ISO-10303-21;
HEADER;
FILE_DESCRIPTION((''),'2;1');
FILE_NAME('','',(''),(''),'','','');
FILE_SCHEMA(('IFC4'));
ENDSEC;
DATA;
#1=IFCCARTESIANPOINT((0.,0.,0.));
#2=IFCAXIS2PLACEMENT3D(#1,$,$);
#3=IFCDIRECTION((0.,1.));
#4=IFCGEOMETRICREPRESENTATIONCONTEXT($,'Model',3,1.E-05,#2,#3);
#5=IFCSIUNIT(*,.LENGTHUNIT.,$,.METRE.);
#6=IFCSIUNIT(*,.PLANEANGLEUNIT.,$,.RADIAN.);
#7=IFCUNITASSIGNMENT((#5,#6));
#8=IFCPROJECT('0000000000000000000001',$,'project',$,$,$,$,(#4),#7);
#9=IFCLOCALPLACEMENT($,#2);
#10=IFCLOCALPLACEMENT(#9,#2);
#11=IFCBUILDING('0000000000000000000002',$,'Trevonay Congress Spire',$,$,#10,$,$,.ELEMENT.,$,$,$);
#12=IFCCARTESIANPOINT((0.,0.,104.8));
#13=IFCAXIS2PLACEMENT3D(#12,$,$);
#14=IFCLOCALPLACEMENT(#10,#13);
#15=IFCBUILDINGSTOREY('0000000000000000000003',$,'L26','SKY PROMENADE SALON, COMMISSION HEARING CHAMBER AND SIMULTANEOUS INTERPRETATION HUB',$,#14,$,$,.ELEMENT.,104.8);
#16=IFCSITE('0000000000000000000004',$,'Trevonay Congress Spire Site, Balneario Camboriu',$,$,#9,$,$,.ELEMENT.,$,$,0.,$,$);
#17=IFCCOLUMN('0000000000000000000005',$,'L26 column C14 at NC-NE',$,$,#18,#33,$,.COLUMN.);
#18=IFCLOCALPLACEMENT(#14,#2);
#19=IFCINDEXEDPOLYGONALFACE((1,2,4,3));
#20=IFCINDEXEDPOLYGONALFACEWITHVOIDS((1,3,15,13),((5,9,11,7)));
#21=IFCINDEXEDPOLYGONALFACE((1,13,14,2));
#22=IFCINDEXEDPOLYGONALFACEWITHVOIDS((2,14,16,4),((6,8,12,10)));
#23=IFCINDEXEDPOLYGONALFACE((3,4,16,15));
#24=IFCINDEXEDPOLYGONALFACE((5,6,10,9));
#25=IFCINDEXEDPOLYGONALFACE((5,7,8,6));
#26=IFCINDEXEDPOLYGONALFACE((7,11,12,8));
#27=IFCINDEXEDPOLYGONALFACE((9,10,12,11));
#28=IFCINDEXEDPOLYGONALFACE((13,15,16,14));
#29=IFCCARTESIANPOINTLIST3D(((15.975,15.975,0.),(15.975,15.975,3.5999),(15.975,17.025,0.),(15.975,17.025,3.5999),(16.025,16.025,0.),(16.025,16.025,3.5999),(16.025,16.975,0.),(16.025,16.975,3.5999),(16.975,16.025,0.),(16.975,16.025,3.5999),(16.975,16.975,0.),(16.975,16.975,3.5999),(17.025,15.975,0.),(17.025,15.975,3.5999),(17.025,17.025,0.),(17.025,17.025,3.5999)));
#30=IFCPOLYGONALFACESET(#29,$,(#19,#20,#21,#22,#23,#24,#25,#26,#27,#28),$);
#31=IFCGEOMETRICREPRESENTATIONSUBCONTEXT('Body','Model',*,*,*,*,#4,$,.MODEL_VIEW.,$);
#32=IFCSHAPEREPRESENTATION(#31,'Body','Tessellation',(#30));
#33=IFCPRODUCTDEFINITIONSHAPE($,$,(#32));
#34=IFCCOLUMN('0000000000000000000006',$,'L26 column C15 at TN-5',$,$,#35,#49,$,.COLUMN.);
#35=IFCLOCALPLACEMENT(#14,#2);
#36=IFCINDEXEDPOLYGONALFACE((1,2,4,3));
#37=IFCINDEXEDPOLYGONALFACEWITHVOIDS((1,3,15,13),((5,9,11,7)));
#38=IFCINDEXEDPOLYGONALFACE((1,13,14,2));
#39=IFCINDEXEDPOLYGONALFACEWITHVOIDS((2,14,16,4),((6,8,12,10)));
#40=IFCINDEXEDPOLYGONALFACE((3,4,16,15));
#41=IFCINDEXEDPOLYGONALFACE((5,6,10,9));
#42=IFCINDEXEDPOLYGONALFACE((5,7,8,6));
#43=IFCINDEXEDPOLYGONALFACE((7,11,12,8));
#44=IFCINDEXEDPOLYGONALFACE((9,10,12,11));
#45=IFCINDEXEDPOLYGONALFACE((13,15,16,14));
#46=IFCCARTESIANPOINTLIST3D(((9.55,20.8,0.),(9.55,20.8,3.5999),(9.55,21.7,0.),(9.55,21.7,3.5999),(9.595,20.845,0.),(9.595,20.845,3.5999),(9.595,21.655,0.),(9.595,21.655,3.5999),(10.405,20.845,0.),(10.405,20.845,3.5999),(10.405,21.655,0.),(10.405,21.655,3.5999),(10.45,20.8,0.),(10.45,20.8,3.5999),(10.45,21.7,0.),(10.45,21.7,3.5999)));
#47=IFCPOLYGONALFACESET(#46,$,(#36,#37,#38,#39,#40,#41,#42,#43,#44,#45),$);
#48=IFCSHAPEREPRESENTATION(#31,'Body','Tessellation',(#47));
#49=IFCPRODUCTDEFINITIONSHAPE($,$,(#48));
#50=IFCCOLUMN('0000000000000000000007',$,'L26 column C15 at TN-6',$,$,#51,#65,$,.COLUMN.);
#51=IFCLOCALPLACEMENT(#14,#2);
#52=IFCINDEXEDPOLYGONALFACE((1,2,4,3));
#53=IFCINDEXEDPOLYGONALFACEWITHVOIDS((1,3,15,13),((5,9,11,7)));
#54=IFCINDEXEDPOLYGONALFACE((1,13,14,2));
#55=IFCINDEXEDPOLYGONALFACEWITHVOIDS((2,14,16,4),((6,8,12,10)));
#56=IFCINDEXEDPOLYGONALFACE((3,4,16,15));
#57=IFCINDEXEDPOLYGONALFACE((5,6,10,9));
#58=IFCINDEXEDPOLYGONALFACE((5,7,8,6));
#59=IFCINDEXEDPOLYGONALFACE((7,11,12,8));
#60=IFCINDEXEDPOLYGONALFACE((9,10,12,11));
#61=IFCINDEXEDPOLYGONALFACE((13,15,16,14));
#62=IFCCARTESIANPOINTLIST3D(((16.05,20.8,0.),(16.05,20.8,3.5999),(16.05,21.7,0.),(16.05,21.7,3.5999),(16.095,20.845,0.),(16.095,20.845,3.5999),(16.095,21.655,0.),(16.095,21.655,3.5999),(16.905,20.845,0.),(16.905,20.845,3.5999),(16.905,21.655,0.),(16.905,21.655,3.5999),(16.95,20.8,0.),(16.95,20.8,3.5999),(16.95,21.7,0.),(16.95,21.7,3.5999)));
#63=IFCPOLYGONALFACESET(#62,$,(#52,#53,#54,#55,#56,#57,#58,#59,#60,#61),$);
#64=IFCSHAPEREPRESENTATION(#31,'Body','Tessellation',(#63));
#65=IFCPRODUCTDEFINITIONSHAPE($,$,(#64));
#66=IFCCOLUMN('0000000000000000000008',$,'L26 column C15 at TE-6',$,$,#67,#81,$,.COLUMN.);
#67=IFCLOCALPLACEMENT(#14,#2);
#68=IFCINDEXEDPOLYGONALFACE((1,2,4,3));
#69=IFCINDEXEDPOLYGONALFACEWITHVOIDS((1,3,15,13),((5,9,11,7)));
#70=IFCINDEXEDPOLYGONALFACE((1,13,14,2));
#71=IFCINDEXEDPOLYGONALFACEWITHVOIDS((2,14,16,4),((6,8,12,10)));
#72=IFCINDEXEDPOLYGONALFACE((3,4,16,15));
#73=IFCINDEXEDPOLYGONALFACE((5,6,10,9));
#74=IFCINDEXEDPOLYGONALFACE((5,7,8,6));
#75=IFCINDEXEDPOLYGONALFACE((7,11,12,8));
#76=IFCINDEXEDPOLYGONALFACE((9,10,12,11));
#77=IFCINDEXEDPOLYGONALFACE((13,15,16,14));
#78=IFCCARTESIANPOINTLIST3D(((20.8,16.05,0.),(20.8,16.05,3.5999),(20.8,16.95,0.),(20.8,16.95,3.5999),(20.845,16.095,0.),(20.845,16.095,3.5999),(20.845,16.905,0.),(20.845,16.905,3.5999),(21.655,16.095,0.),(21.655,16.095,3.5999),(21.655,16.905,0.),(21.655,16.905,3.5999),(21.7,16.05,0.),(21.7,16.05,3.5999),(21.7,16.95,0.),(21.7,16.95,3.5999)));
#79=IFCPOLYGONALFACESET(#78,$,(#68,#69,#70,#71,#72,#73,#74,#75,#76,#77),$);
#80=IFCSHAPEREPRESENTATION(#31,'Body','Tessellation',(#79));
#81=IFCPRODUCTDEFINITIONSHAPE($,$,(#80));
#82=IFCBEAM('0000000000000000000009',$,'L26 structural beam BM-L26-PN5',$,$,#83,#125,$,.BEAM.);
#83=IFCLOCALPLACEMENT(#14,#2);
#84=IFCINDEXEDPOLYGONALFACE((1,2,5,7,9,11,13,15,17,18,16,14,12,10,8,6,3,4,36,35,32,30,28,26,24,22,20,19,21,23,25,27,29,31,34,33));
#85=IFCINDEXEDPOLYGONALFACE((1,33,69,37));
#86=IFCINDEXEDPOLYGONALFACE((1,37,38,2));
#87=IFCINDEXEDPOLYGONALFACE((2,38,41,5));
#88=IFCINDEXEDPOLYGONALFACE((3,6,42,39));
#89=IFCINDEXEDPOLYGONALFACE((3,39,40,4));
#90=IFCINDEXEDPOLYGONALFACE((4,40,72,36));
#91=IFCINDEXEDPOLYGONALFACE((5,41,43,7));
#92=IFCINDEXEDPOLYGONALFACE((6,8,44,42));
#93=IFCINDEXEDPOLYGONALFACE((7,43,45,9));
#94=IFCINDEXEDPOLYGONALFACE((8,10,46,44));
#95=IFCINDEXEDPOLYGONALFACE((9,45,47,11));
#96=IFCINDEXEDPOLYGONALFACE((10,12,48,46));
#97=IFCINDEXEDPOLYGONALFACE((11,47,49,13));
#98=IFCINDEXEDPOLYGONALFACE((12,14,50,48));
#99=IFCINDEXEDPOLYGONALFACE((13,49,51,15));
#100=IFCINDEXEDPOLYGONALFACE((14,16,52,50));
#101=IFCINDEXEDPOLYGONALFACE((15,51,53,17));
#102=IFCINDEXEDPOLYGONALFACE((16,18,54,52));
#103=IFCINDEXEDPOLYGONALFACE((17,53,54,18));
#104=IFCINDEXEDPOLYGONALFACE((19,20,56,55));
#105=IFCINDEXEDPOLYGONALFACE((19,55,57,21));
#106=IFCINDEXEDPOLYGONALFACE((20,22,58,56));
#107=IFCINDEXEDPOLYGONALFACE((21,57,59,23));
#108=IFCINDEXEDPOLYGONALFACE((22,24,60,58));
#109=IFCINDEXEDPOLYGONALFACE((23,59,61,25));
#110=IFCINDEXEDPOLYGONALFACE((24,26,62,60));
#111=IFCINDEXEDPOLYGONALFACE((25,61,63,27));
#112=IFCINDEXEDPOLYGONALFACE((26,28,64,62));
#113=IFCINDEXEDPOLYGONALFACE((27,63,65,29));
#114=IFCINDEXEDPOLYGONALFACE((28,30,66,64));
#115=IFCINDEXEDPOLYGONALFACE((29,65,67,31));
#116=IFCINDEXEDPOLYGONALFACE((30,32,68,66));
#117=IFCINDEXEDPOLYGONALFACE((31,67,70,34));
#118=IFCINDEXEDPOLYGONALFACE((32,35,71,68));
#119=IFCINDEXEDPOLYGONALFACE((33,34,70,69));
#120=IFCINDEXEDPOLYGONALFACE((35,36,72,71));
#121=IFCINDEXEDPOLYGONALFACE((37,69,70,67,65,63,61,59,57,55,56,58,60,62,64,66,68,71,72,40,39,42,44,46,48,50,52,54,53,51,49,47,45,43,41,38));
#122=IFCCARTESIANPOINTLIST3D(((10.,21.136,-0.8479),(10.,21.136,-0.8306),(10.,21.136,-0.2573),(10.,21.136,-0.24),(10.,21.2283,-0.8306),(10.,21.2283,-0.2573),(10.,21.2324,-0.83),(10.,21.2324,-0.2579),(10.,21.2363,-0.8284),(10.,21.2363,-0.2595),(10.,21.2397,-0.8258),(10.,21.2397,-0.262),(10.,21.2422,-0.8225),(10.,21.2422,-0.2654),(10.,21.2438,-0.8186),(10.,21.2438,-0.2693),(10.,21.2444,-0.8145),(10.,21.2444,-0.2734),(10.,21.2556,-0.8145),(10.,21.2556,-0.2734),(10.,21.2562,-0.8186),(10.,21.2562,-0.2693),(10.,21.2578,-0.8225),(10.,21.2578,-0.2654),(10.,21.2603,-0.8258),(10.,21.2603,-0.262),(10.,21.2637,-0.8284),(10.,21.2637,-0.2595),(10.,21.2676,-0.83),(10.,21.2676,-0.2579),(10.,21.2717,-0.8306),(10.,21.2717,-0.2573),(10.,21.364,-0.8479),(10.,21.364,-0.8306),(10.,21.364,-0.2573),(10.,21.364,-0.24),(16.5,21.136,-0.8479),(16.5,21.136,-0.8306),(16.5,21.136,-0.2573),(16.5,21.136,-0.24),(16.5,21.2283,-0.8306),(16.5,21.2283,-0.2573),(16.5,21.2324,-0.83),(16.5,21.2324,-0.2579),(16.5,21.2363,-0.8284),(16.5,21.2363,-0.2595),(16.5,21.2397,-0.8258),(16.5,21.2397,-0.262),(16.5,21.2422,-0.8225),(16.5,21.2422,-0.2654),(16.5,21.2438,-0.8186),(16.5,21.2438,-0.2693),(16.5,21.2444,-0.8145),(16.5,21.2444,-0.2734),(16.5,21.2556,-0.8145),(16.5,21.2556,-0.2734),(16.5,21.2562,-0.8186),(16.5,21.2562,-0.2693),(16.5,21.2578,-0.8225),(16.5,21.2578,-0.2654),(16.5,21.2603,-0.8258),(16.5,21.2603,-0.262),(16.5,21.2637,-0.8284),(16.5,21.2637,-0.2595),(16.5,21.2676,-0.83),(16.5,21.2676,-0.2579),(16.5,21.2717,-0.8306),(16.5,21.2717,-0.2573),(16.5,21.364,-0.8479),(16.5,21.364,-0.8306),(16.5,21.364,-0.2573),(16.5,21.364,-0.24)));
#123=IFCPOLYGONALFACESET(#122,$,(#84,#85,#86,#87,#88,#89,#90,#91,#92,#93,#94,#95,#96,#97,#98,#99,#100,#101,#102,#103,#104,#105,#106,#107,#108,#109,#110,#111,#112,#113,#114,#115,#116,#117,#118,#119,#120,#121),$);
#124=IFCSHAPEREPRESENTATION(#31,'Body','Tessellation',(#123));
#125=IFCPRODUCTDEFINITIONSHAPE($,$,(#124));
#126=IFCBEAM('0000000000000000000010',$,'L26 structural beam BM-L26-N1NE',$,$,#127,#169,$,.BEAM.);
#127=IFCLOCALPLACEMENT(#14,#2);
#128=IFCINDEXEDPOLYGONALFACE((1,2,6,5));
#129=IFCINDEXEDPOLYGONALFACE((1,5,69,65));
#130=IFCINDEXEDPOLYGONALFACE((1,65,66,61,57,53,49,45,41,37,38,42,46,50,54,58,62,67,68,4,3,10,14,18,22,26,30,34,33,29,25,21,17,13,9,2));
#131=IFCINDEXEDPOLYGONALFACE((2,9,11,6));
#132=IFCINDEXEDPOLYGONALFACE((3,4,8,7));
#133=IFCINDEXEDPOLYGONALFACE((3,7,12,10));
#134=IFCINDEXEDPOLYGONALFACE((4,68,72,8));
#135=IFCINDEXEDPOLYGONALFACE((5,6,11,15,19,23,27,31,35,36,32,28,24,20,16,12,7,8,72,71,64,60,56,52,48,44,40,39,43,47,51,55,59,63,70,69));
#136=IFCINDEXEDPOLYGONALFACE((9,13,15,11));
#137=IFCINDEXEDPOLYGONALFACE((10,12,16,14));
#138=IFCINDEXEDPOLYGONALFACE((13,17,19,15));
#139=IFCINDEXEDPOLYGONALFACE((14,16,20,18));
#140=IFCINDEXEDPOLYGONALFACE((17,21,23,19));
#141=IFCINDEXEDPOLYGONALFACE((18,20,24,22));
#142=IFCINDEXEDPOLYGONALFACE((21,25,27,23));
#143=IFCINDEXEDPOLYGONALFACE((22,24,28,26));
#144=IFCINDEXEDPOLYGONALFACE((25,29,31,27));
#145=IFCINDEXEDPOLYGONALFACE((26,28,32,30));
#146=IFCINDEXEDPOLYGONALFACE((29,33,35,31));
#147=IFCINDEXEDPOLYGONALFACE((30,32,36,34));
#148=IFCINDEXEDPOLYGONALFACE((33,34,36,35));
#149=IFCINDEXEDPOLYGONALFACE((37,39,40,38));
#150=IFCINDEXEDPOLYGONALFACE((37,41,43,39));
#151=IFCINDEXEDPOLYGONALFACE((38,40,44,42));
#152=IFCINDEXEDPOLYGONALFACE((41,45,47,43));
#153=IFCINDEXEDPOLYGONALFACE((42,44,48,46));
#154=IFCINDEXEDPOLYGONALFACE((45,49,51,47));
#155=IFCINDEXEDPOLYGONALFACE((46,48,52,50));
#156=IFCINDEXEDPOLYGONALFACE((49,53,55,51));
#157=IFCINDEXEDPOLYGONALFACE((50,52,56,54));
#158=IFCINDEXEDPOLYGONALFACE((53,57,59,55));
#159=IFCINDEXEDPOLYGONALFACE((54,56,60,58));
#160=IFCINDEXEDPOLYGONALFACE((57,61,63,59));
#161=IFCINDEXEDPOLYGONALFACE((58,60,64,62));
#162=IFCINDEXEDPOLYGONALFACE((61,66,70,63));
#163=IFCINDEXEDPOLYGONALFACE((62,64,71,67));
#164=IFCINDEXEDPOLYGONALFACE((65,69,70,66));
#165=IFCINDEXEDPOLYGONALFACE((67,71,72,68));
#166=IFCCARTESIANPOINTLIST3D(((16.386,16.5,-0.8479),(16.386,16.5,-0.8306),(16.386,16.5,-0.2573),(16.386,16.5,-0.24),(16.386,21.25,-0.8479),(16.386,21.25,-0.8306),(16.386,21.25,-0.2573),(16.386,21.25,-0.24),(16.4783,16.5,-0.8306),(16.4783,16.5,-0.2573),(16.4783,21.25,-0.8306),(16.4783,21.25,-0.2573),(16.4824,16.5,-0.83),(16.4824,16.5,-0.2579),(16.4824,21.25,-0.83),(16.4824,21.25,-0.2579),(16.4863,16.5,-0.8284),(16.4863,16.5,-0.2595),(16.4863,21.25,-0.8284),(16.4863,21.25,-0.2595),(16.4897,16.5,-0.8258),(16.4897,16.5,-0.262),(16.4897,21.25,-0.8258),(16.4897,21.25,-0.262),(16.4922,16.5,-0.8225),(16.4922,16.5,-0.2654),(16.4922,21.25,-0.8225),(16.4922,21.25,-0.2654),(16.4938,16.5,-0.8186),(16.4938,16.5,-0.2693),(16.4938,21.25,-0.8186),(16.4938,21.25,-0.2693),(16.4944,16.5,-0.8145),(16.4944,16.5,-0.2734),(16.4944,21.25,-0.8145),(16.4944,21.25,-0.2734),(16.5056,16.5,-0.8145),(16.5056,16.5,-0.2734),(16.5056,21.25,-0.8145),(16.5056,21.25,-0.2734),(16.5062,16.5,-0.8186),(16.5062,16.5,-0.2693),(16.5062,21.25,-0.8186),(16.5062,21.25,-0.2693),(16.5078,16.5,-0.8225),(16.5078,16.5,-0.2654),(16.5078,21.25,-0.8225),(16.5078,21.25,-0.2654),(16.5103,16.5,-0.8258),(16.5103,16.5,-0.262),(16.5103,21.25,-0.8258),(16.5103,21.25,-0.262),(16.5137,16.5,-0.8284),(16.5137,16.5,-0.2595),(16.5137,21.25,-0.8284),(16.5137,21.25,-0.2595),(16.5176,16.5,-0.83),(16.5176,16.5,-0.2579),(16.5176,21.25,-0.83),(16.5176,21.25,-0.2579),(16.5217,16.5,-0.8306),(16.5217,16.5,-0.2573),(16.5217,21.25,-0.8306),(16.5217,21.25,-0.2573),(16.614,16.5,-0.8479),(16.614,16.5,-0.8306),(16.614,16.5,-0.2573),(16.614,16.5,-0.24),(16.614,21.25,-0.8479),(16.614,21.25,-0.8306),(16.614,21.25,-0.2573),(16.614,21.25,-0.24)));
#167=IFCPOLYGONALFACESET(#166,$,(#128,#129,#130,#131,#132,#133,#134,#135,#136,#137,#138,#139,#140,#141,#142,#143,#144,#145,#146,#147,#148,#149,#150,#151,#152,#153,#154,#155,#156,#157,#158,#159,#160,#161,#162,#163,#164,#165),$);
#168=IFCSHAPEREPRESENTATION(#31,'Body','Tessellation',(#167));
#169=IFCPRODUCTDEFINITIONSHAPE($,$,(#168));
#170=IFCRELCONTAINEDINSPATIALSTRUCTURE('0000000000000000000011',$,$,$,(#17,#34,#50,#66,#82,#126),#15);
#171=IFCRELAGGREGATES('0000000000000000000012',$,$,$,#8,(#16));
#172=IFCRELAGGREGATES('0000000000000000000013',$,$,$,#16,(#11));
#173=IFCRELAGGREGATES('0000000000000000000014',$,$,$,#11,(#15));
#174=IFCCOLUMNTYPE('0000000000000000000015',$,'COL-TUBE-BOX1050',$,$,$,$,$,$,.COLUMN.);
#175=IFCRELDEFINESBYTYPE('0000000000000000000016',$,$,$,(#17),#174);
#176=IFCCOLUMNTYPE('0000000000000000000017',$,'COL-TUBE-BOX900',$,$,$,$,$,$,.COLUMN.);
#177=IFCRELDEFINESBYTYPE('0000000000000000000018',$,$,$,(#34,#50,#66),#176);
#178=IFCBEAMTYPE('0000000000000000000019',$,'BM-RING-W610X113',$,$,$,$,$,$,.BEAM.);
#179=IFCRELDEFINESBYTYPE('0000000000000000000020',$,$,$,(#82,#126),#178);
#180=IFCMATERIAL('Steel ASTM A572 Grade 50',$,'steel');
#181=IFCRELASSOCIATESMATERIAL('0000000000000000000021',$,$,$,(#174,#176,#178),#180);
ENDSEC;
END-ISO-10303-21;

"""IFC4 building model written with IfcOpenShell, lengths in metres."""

from ifc_helpers import new_model, si_unit, direction, frame, origin, origin_2d, place, context, subcontext, project, spatial, hollow_rectangle, i_section, extrude, material, material_profile, profile_set, type_object, element, save


model = new_model("IFC4")

# Units and contexts
model_context = context("Model", 3, precision=1e-05, world=origin(), true_north=direction((0.0, 1.0)))
body_context = subcontext(model_context, "Body", "Model", "MODEL_VIEW")
ifc_project = project(units=[si_unit("LENGTHUNIT", "METRE"), si_unit("PLANEANGLEUNIT", "RADIAN")], contexts=[model_context])

# Site, building, storey
site_placement = place(None, origin())
site = spatial("IfcSite", under=ifc_project, at=site_placement, Name="Trevonay Congress Spire Site, Balneario Camboriu", CompositionType="ELEMENT", RefElevation=0.0)
building_placement = place(site_placement, origin())
building = spatial("IfcBuilding", under=site, at=building_placement, Name="Trevonay Congress Spire", CompositionType="ELEMENT")
storey_placement = place(building_placement, frame((0.0, 0.0, 104.8)))
storey = spatial("IfcBuildingStorey", under=building, at=storey_placement, Name="L26", Description="SKY PROMENADE SALON, COMMISSION HEARING CHAMBER AND SIMULTANEOUS INTERPRETATION HUB", CompositionType="ELEMENT", Elevation=104.8)

# Columns
ifc_material_1 = material(Name="Steel ASTM A572 Grade 50", Category="steel")
ifc_material_profile_1 = material_profile(ifc_material_1, hollow_rectangle(XDim=1.05, YDim=1.05, WallThickness=0.05, at=origin_2d()), Name="BOX 1050x1050x50")
ifc_profile_set_1 = profile_set([ifc_material_profile_1], Name="Steel ASTM A572 Grade 50")
column_type_1 = type_object("IfcColumnType", Name="COL-TUBE-BOX1050", PredefinedType="COLUMN", material=ifc_profile_set_1)
column_placement = place(storey_placement, frame((16.5, 16.5, 0.0), z_axis=(0.0, 0.0, 1.0), x_axis=(1.0, 0.0, 0.0)))
element("IfcColumn", 1, at=column_placement, inside=storey, type_object=column_type_1, Name="L26 column C14 at NC-NE", PredefinedType="COLUMN", context=body_context, shape_type="SweptSolid", body=[
    extrude(hollow_rectangle(XDim=1.05, YDim=1.05, WallThickness=0.05, at=origin_2d()), origin(), (0.0, 0.0, 1.0), 3.5999),
])
ifc_material_profile_2 = material_profile(ifc_material_1, hollow_rectangle(XDim=0.8999, YDim=0.8999, WallThickness=0.0449, at=origin_2d()), Name="BOX 900x900x45")
ifc_profile_set_2 = profile_set([ifc_material_profile_2], Name="Steel ASTM A572 Grade 50")
column_type_2 = type_object("IfcColumnType", Name="COL-TUBE-BOX900", PredefinedType="COLUMN", material=ifc_profile_set_2)
for number, where, z_axis, x_axis, name in (
    (2, (10.0, 21.25, 0.0), (0.0, 0.0, 1.0), (1.0, 0.0, 0.0), "L26 column C15 at TN-5"),
    (3, (16.5, 21.25, 0.0), (0.0, 0.0, 1.0), (1.0, 0.0, 0.0), "L26 column C15 at TN-6"),
    (4, (21.25, 16.5, 0.0), (0.0, 0.0, 1.0), (1.0, 0.0, 0.0), "L26 column C15 at TE-6"),
):
    element("IfcColumn", number, at=place(storey_placement, frame(where, z_axis=z_axis, x_axis=x_axis)), inside=storey, type_object=column_type_2, Name=name, PredefinedType="COLUMN", context=body_context, shape_type="SweptSolid", body=[
        extrude(hollow_rectangle(XDim=0.8999, YDim=0.8999, WallThickness=0.0449, at=origin_2d()), origin(), (0.0, 0.0, 1.0), 3.5999),
    ])

# Beams
ifc_material_profile_3 = material_profile(ifc_material_1, i_section(OverallWidth=0.228, OverallDepth=0.6079, WebThickness=0.0112, FlangeThickness=0.0173, FilletRadius=0.0161, at=origin_2d()), Name="W610x113")
ifc_profile_set_3 = profile_set([ifc_material_profile_3], Name="Steel ASTM A572 Grade 50")
beam_type = type_object("IfcBeamType", Name="BM-RING-W610X113", PredefinedType="BEAM", material=ifc_profile_set_3)
beam_placement = place(storey_placement, frame((10.0, 21.25, -0.5439), z_axis=(1.0, 0.0, 0.0), x_axis=(0.0, 1.0, 0.0)))
element("IfcBeam", 5, at=beam_placement, inside=storey, type_object=beam_type, Name="L26 structural beam BM-L26-PN5", PredefinedType="BEAM", context=body_context, shape_type="SweptSolid", body=[
    extrude(i_section(OverallWidth=0.228, OverallDepth=0.6079, WebThickness=0.0112, FlangeThickness=0.0173, FilletRadius=0.0161, at=origin_2d()), origin(), (0.0, 0.0, 1.0), 6.5),
])
for number, where, z_axis, x_axis, name in (
    (6, (16.5, 21.25, -0.5439), (0.0, -1.0, 0.0), (1.0, 0.0, 0.0), "L26 structural beam BM-L26-N1NE"),
):
    element("IfcBeam", number, at=place(storey_placement, frame(where, z_axis=z_axis, x_axis=x_axis)), inside=storey, type_object=beam_type, Name=name, PredefinedType="BEAM", context=body_context, shape_type="SweptSolid", body=[
        extrude(i_section(OverallWidth=0.228, OverallDepth=0.6079, WebThickness=0.0112, FlangeThickness=0.0173, FilletRadius=0.0161, at=origin_2d()), origin(), (0.0, 0.0, 1.0), 4.75),
    ])

save(model, "model.ifc")
